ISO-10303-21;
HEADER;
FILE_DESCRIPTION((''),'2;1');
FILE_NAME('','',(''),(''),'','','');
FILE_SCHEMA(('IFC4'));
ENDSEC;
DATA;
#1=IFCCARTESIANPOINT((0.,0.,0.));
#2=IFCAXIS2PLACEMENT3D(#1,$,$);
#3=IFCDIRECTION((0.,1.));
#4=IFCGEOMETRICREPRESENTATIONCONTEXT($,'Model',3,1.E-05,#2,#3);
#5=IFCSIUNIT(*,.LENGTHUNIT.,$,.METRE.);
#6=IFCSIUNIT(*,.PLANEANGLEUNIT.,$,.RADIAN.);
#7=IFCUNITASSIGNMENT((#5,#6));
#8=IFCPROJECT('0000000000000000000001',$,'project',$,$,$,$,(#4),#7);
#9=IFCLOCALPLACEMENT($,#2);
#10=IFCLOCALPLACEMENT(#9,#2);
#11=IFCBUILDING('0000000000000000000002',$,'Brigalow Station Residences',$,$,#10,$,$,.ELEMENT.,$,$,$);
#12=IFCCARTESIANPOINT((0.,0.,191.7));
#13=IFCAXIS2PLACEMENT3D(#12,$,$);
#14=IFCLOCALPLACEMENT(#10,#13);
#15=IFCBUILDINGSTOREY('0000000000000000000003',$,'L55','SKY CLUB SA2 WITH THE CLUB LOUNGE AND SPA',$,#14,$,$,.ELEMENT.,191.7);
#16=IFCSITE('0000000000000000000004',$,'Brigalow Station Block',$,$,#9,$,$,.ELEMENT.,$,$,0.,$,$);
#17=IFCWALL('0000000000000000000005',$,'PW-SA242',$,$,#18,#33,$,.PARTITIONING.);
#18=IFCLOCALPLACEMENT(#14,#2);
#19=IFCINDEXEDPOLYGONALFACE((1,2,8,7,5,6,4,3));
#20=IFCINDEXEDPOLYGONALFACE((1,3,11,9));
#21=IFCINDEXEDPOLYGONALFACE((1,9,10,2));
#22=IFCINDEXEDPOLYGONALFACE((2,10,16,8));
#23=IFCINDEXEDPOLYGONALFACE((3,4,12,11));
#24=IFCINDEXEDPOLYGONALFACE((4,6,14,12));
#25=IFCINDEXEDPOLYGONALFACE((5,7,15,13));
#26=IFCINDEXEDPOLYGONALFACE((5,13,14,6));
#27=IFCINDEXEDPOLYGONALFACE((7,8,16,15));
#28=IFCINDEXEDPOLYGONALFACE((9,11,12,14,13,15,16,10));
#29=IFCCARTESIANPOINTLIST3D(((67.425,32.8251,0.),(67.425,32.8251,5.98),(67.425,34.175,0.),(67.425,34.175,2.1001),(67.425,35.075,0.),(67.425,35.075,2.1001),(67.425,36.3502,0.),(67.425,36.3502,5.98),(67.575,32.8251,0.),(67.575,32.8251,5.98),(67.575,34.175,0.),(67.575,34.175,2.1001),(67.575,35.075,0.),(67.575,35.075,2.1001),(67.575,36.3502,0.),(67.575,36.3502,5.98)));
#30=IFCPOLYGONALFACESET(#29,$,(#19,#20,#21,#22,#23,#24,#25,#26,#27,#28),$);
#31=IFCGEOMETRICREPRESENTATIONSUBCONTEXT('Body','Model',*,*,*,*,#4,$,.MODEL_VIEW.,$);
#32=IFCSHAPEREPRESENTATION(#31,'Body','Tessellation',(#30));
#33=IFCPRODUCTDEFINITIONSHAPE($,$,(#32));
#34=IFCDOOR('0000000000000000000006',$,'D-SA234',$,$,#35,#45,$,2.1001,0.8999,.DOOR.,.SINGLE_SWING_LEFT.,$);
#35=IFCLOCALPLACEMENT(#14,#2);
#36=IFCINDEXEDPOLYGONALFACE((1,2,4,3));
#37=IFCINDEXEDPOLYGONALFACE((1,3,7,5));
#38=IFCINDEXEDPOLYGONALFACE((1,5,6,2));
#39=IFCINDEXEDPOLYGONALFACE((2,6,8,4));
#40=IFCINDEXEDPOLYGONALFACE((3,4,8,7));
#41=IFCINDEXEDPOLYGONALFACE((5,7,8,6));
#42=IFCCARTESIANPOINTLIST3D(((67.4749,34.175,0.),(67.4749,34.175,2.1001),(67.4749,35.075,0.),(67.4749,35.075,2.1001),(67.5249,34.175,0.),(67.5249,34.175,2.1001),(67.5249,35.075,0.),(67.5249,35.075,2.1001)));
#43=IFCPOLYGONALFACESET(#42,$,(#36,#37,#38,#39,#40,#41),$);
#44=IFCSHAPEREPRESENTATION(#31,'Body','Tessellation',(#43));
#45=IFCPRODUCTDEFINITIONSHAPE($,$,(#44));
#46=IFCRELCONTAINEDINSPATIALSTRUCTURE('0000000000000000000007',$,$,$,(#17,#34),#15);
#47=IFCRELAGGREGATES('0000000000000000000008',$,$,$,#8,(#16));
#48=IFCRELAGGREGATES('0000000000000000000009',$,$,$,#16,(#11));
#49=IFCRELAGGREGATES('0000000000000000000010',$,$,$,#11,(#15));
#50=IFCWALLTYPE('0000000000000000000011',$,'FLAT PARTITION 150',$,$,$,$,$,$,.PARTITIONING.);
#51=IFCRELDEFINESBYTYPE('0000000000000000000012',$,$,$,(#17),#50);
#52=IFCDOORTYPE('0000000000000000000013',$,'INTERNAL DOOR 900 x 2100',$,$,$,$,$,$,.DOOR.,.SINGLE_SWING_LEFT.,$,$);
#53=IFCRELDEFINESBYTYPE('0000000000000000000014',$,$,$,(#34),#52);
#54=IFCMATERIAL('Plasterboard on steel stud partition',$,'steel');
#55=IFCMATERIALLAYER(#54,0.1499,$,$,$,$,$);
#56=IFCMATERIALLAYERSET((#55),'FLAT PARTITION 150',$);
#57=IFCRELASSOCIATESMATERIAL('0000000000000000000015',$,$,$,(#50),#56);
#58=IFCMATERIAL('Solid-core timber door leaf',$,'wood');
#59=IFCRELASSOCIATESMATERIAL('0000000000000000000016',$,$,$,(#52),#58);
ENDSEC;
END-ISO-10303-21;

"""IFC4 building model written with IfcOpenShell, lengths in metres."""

from ifc_helpers import new_model, si_unit, direction, frame, frame_2d, origin, place, context, subcontext, project, spatial, rectangle, extrude, material, layer, layer_set, type_object, element, fill, save


model = new_model("IFC4")

# Units and contexts
model_context = context("Model", 3, precision=1e-05, world=origin(), true_north=direction((0.0, 1.0)))
body_context = subcontext(model_context, "Body", "Model", "MODEL_VIEW")
ifc_project = project(units=[si_unit("LENGTHUNIT", "METRE"), si_unit("PLANEANGLEUNIT", "RADIAN")], contexts=[model_context])

# Site, building, storey
site_placement = place(None, origin())
site = spatial("IfcSite", under=ifc_project, at=site_placement, Name="Brigalow Station Block", CompositionType="ELEMENT", RefElevation=0.0)
building_placement = place(site_placement, origin())
building = spatial("IfcBuilding", under=site, at=building_placement, Name="Brigalow Station Residences", CompositionType="ELEMENT")
storey_placement = place(building_placement, frame((0.0, 0.0, 191.7)))
storey = spatial("IfcBuildingStorey", under=building, at=storey_placement, Name="L55", Description="SKY CLUB SA2 WITH THE CLUB LOUNGE AND SPA", CompositionType="ELEMENT", Elevation=191.7)

# Shared definitions
ifc_material_1 = material(Name="Plasterboard on steel stud partition", Category="steel")
ifc_layer_1 = layer(ifc_material_1, 0.1499)
ifc_layer_set_1 = layer_set([ifc_layer_1], Name="FLAT PARTITION 150")
wall_type_1 = type_object("IfcWallType", Name="FLAT PARTITION 150", PredefinedType="PARTITIONING", material=ifc_layer_set_1)
ifc_material_2 = material(Name="Solid-core timber door leaf", Category="wood")
door_type = type_object("IfcDoorType", Name="INTERNAL DOOR 900 x 2100", OperationType="SINGLE_SWING_LEFT", PredefinedType="DOOR", material=ifc_material_2)

# Wall, opening, door
wall_1_placement = place(storey_placement, frame((67.5, 32.825, 0.0), z_axis=(0.0, 0.0, 1.0), x_axis=(0.0, 1.0, 0.0)))
wall_1 = element("IfcWall", 1, at=wall_1_placement, inside=storey, type_object=wall_type_1, Name="PW-SA242", PredefinedType="PARTITIONING", context=body_context, shape_type="SweptSolid", body=[
    extrude(rectangle(XDim=3.5251, YDim=0.1499, at=frame_2d((1.7627, 0.0))), origin(), (0.0, 0.0, 1.0), 5.98),
])
opening_1_placement = place(wall_1_placement, frame((1.3501, 0.0, 0.0)))
opening_1 = element("IfcOpeningElement", 2, at=opening_1_placement, cuts=wall_1, PredefinedType="OPENING", context=body_context, shape_type="SweptSolid", body=[
    extrude(rectangle(XDim=0.8999, YDim=2.1001, at=frame_2d((0.45, 1.05))), frame((0.0, 0.085, 0.0), z_axis=(0.0, -1.0, 0.0), x_axis=(1.0, 0.0, 0.0)), (0.0, 0.0, 1.0), 0.1699),
])
door_1_placement = place(opening_1_placement, frame((0.8999, 0.0, 0.0), z_axis=(0.0, 0.0, 1.0), x_axis=(-1.0, 0.0, 0.0)))
door_1 = element("IfcDoor", 3, at=door_1_placement, inside=storey, type_object=door_type, Name="D-SA234", OperationType="SINGLE_SWING_LEFT", OverallHeight=2.1001, OverallWidth=0.8999, PredefinedType="DOOR", context=body_context, shape_type="SweptSolid", body=[
    extrude(rectangle(XDim=0.8999, YDim=2.1001, at=frame_2d((0.45, 1.05))), frame((0.0, 0.0249, 0.0), z_axis=(0.0, -1.0, 0.0), x_axis=(1.0, 0.0, 0.0)), (0.0, 0.0, 1.0), 0.05),
])
fill(opening_1, door_1)

save(model, "model.ifc")
